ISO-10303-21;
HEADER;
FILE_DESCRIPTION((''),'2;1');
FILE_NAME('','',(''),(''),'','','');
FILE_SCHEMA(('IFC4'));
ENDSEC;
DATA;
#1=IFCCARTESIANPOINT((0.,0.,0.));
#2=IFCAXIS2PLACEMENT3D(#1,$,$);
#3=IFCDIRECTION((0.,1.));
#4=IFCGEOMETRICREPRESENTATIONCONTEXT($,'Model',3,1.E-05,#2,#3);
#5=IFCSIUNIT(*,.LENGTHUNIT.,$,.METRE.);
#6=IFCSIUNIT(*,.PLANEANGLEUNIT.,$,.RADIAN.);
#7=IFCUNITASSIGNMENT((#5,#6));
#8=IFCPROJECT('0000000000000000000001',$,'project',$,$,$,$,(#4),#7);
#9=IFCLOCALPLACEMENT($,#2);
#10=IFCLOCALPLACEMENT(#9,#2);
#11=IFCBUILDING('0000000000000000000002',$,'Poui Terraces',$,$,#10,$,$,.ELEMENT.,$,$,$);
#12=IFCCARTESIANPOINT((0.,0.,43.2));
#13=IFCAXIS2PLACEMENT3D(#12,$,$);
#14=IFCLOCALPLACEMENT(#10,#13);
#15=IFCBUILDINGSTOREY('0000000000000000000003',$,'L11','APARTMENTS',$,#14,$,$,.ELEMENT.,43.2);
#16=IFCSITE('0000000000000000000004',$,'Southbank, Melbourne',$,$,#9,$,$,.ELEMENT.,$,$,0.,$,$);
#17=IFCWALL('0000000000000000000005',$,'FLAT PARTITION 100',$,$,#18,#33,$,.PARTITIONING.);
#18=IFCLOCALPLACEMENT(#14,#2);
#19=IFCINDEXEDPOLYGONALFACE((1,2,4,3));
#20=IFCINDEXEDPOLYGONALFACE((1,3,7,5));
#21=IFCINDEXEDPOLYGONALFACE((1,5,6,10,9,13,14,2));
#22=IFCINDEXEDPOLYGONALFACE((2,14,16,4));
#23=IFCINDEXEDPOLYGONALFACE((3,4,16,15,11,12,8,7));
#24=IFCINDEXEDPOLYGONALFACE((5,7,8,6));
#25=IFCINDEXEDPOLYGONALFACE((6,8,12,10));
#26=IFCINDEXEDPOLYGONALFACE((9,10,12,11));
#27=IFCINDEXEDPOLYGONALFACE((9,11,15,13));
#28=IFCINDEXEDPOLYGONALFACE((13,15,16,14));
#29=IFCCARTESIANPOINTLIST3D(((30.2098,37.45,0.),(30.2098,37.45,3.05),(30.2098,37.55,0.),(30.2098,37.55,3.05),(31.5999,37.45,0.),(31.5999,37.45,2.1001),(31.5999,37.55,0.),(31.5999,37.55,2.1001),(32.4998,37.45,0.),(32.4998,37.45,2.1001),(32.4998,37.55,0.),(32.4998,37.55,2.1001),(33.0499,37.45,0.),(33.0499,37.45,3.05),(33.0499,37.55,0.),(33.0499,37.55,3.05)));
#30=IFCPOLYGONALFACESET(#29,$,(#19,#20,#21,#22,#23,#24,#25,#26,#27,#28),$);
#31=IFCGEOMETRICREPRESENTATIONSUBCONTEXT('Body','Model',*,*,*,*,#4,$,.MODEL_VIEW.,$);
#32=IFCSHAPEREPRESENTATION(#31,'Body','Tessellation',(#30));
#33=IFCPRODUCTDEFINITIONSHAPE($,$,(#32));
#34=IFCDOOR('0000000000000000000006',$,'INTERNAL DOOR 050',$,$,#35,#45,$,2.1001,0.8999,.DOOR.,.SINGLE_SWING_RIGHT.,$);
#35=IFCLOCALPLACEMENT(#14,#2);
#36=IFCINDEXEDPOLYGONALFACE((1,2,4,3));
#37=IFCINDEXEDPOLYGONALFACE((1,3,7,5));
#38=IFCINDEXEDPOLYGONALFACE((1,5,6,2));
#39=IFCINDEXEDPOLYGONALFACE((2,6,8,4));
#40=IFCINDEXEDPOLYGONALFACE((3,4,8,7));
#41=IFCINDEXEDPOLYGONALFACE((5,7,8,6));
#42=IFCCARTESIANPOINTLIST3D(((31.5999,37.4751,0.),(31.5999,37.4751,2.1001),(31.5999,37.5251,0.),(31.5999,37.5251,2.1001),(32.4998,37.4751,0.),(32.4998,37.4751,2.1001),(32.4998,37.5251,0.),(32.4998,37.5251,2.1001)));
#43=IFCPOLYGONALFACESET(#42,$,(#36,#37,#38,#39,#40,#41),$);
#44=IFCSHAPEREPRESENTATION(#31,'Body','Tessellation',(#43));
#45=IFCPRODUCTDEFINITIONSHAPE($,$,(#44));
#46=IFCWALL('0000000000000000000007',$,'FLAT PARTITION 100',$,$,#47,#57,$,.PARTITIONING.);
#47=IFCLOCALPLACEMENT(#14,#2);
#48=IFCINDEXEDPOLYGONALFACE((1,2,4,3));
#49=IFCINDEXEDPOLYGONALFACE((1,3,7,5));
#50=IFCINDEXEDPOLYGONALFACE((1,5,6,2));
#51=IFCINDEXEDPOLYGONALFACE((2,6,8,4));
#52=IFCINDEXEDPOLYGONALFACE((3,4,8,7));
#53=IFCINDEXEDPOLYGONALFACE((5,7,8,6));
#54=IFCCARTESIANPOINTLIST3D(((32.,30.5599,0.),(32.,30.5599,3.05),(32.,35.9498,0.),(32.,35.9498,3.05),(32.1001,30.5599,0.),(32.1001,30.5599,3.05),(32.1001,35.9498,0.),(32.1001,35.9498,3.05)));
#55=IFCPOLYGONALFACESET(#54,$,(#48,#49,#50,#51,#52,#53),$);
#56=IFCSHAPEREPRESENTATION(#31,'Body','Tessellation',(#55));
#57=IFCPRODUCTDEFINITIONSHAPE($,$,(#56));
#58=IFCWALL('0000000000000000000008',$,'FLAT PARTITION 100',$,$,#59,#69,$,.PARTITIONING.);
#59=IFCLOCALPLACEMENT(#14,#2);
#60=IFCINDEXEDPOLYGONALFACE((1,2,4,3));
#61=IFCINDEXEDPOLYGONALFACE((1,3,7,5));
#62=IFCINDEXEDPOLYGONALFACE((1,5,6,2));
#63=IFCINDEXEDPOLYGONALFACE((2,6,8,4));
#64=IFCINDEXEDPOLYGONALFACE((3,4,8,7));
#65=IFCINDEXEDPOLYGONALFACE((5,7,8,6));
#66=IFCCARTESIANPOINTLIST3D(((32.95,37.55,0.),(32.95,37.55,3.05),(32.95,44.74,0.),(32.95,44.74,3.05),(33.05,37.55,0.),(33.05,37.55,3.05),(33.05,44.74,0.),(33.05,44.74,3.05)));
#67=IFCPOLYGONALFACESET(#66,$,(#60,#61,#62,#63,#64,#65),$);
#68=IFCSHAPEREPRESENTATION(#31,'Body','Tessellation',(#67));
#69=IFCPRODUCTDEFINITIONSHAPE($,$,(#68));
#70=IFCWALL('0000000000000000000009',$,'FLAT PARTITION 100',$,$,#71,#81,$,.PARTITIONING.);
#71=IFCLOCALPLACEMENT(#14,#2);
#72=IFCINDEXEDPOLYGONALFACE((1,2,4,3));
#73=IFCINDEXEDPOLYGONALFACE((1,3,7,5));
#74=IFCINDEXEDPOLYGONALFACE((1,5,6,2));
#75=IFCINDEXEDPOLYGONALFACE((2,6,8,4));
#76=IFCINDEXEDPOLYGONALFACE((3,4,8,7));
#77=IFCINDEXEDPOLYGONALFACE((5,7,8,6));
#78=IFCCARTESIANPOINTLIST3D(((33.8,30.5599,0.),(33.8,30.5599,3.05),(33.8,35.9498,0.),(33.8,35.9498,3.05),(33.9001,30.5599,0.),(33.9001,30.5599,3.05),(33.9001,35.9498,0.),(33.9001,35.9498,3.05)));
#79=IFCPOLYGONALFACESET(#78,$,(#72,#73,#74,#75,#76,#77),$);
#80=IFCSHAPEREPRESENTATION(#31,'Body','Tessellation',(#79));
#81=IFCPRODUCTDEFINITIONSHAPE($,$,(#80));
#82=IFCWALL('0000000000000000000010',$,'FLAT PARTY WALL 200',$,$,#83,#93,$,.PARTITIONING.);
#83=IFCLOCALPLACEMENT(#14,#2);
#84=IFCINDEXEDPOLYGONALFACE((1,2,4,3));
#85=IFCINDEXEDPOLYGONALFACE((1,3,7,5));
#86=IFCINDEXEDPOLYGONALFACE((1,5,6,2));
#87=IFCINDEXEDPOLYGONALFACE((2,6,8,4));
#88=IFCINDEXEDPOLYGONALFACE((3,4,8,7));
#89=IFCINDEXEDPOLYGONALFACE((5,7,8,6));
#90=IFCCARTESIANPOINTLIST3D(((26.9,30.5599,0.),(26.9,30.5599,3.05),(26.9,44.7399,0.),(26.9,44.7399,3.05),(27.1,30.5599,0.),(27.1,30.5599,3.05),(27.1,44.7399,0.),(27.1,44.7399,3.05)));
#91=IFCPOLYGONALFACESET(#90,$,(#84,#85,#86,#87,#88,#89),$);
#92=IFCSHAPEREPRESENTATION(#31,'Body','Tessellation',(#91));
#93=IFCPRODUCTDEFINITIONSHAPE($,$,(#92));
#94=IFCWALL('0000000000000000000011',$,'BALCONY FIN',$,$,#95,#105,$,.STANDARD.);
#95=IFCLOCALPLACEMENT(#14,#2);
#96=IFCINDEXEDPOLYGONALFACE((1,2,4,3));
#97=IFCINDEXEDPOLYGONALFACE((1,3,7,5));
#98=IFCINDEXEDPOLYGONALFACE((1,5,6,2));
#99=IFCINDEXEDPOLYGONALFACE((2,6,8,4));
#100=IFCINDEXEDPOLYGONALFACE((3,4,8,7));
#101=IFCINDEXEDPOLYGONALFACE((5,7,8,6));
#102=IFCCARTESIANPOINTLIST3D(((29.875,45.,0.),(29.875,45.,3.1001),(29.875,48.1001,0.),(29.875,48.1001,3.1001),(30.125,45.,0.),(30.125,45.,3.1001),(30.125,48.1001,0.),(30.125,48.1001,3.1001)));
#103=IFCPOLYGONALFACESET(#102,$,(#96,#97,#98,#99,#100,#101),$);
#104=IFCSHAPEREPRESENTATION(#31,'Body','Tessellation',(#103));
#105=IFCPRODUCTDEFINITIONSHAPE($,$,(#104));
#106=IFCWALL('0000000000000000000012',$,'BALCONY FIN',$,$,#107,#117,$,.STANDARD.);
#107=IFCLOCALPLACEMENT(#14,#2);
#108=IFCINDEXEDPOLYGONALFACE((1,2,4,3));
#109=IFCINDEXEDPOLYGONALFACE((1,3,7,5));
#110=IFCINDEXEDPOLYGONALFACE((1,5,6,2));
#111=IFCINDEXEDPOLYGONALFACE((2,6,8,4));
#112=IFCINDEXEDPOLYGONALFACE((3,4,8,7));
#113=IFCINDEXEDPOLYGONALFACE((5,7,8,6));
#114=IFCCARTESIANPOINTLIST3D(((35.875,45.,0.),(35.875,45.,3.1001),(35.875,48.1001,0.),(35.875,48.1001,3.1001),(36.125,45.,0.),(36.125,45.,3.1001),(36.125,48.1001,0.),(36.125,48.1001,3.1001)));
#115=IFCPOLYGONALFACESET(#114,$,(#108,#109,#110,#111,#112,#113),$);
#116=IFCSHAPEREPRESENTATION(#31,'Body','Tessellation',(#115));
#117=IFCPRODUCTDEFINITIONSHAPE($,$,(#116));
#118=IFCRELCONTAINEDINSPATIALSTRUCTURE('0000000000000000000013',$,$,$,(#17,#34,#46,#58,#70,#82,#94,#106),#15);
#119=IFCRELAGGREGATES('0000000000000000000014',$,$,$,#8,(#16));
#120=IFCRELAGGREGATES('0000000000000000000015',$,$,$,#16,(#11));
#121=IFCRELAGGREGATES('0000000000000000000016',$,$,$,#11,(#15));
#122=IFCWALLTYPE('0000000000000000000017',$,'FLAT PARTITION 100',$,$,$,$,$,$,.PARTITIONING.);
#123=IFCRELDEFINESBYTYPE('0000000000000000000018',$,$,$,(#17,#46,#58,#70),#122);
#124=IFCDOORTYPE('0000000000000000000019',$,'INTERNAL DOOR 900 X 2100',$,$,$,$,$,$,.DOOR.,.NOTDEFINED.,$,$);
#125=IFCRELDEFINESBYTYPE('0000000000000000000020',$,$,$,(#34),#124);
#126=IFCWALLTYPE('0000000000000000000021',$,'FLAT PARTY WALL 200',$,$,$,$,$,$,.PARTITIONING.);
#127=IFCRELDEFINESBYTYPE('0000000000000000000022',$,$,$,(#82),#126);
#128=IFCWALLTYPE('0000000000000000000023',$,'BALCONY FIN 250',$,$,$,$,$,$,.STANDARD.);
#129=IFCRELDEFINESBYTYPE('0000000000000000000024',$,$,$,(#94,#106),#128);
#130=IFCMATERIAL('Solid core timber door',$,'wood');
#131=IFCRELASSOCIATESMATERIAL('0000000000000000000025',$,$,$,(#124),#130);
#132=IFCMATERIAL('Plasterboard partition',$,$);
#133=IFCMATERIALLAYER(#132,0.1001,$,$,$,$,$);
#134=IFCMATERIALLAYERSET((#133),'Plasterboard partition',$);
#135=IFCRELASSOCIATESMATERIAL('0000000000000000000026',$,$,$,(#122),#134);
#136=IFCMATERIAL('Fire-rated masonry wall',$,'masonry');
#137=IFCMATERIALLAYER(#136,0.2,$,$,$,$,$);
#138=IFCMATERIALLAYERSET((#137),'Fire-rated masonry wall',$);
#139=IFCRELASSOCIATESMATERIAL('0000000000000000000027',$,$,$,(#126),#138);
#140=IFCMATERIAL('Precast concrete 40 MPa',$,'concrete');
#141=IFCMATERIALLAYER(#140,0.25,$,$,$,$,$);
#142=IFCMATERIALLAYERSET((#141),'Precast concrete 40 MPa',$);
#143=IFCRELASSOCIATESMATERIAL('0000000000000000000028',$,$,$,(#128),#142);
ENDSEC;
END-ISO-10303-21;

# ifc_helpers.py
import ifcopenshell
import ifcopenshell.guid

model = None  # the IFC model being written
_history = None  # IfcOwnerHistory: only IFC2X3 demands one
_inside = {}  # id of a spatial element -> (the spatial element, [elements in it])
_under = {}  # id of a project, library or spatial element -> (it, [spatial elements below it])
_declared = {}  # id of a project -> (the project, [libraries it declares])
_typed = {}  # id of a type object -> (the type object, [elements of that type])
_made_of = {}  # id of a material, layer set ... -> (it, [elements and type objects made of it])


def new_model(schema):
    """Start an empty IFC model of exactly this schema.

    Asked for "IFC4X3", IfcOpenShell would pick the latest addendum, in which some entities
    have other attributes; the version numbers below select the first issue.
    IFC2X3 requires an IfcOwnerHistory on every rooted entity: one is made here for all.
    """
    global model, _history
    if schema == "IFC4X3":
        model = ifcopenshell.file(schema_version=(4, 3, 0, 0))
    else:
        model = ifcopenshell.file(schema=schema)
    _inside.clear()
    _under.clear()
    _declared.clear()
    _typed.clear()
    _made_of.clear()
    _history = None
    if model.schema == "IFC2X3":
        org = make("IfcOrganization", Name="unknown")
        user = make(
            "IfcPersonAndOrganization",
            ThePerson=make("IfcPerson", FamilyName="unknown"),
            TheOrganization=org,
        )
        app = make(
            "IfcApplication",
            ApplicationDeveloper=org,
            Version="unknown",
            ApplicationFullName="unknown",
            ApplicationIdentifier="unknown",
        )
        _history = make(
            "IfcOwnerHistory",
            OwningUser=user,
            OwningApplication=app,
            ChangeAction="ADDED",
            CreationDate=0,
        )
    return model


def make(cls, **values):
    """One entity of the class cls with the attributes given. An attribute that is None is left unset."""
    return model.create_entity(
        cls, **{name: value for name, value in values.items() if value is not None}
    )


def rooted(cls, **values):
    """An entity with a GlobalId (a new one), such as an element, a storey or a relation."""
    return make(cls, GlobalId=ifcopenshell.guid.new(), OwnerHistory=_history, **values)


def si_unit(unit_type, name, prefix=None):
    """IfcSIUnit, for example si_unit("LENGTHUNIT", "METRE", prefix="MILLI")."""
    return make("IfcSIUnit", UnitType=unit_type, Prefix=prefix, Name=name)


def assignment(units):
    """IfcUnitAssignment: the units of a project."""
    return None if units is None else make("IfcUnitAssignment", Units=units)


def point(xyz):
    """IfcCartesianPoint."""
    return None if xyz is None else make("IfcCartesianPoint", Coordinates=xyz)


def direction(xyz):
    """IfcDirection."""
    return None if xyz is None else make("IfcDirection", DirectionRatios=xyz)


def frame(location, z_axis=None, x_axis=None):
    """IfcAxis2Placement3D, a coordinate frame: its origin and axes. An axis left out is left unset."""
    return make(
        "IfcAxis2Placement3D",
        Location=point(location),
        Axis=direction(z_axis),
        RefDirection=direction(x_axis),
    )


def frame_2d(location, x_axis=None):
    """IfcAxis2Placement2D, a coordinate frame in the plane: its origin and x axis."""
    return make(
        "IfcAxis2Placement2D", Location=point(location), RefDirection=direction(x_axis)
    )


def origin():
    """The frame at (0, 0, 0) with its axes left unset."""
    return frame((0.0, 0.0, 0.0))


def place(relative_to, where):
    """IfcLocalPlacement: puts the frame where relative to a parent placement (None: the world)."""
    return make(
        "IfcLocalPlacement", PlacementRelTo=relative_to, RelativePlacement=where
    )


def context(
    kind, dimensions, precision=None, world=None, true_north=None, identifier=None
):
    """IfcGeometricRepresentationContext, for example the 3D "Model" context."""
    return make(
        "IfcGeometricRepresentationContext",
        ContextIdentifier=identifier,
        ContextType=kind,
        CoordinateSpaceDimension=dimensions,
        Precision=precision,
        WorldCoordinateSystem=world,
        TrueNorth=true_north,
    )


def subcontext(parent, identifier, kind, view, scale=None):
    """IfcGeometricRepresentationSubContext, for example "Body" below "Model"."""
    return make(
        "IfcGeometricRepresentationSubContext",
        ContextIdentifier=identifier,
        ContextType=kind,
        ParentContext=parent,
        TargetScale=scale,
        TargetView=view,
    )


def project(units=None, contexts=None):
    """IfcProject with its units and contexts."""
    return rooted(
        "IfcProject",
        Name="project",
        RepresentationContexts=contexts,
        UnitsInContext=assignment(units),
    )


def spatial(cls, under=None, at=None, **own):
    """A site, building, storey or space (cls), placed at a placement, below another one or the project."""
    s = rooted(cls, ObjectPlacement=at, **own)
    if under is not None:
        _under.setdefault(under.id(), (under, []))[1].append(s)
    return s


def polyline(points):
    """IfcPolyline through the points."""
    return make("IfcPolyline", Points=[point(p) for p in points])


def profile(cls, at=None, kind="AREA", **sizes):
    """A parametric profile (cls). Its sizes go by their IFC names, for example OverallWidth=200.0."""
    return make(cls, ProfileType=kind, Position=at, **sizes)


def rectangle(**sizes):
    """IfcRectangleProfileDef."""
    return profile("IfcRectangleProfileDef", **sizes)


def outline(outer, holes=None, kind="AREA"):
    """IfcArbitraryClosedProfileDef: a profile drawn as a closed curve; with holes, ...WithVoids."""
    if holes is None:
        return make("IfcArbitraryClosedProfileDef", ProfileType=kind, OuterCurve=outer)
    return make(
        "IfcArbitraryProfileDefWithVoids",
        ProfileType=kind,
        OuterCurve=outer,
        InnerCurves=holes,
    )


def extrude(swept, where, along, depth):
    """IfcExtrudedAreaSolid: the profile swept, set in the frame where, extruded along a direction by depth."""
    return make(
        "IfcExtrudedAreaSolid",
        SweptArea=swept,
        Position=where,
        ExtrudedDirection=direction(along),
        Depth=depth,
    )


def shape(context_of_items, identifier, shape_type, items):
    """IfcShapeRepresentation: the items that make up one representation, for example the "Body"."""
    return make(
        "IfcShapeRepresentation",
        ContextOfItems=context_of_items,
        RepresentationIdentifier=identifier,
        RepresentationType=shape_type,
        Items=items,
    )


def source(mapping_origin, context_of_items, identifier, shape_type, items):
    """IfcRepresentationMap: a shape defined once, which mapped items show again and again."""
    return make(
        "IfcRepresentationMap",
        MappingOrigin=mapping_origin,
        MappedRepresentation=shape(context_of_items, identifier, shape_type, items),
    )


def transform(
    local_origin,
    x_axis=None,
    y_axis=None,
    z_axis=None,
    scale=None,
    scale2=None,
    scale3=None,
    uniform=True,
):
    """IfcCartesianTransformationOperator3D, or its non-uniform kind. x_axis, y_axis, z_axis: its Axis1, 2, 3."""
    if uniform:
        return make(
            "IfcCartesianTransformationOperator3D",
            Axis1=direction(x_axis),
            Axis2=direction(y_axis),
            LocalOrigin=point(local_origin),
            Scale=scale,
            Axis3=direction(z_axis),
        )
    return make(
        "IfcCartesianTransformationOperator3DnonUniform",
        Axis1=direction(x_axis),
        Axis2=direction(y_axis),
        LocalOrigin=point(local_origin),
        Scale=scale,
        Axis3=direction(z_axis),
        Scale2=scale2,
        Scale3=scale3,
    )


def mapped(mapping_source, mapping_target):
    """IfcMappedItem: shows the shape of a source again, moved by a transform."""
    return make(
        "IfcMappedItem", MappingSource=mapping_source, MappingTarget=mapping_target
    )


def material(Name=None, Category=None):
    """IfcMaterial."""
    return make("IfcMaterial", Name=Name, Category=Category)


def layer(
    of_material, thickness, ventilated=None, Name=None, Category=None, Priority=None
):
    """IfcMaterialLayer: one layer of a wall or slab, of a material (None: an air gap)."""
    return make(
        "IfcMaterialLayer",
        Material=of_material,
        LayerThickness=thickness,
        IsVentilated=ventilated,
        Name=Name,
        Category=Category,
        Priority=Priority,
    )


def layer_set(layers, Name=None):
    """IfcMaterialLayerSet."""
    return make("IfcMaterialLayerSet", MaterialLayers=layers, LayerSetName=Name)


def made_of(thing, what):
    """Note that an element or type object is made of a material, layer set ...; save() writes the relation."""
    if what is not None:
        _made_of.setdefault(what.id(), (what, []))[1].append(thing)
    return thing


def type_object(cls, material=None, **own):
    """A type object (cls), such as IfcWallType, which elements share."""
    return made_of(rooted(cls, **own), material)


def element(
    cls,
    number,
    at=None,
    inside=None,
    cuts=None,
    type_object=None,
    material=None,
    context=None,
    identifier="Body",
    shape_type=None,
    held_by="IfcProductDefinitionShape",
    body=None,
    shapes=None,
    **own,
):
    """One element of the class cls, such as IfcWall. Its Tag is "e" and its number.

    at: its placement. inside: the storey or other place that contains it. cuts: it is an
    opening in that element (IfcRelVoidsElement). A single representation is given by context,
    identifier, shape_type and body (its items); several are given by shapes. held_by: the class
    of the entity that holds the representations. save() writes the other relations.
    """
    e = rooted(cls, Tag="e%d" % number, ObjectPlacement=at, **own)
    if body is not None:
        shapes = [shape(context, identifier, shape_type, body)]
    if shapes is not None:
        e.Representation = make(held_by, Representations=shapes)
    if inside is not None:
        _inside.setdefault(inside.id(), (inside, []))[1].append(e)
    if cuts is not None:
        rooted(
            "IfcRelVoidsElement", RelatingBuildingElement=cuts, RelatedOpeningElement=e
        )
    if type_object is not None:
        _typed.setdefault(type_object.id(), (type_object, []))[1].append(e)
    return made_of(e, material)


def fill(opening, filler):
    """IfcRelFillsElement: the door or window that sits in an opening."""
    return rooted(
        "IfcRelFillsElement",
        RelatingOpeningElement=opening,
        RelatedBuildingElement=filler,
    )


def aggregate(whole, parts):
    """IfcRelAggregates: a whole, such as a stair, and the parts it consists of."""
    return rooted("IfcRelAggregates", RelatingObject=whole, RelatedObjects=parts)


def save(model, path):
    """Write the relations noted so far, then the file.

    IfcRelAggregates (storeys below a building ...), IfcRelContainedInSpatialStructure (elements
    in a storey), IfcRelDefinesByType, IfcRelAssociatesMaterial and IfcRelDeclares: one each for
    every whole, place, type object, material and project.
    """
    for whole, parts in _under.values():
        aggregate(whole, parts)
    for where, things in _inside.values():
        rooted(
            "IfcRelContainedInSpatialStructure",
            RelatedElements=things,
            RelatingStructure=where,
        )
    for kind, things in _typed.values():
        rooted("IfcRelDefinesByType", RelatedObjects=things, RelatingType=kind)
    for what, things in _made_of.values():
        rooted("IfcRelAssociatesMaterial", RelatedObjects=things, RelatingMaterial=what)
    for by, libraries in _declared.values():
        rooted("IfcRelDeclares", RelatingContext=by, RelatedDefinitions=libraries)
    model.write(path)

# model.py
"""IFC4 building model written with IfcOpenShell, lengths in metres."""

from ifc_helpers import new_model, si_unit, direction, frame, frame_2d, origin, place, context, subcontext, project, spatial, polyline, rectangle, outline, extrude, source, transform, mapped, material, layer, layer_set, type_object, element, fill, save


model = new_model("IFC4")

# Units and contexts
model_context = context("Model", 3, precision=1e-05, world=origin(), true_north=direction((0.0, 1.0)))
body_context = subcontext(model_context, "Body", "Model", "MODEL_VIEW")
ifc_project = project(units=[si_unit("LENGTHUNIT", "METRE"), si_unit("PLANEANGLEUNIT", "RADIAN")], contexts=[model_context])

# Site, building, storey
site_placement = place(None, origin())
site = spatial("IfcSite", under=ifc_project, at=site_placement, Name="Southbank, Melbourne", CompositionType="ELEMENT", RefElevation=0.0)
building_placement = place(site_placement, origin())
building = spatial("IfcBuilding", under=site, at=building_placement, Name="Poui Terraces", CompositionType="ELEMENT")
storey_placement = place(building_placement, frame((0.0, 0.0, 43.2)))
storey = spatial("IfcBuildingStorey", under=building, at=storey_placement, Name="L11", Description="APARTMENTS", CompositionType="ELEMENT", Elevation=43.2)

# Wall, opening, door
ifc_material_1 = material(Name="Solid core timber door", Category="wood")
door_type_1 = type_object("IfcDoorType", Name="INTERNAL DOOR 900 X 2100", OperationType="NOTDEFINED", PredefinedType="DOOR", material=ifc_material_1)
ifc_material_2 = material(Name="Plasterboard partition")
ifc_layer_1 = layer(ifc_material_2, 0.1001)
ifc_layer_set_1 = layer_set([ifc_layer_1], Name="Plasterboard partition")
wall_type_1 = type_object("IfcWallType", Name="FLAT PARTITION 100", PredefinedType="PARTITIONING", material=ifc_layer_set_1)
wall_1_placement = place(storey_placement, frame((30.21, 37.5, 0.0), z_axis=(0.0, 0.0, 1.0), x_axis=(1.0, 0.0, 0.0)))
wall_1 = element("IfcWall", 1, at=wall_1_placement, inside=storey, type_object=wall_type_1, Name="FLAT PARTITION 100", PredefinedType="PARTITIONING", context=body_context, shape_type="SweptSolid", body=[
    extrude(rectangle(XDim=2.8401, YDim=0.1001, at=frame_2d((1.4199, 0.0))), origin(), (0.0, 0.0, 1.0), 3.05),
])
opening_1_placement = place(wall_1_placement, frame((1.3899, 0.0, 0.0)))
opening_1 = element("IfcOpeningElement", 2, at=opening_1_placement, cuts=wall_1, PredefinedType="OPENING", context=body_context, shape_type="SweptSolid", body=[
    extrude(rectangle(XDim=0.8999, YDim=2.1001, at=frame_2d((0.45, 1.05))), frame((0.0, 0.0601, 0.0), z_axis=(0.0, -1.0, 0.0), x_axis=(1.0, 0.0, 0.0)), (0.0, 0.0, 1.0), 0.1201),
])
door_1_placement = place(opening_1_placement, frame((0.8999, 0.0, 0.0), z_axis=(0.0, 0.0, 1.0), x_axis=(-1.0, 0.0, 0.0)))
door_1 = element("IfcDoor", 3, at=door_1_placement, inside=storey, type_object=door_type_1, Name="INTERNAL DOOR 050", OperationType="SINGLE_SWING_RIGHT", OverallHeight=2.1001, OverallWidth=0.8999, PredefinedType="DOOR", context=body_context, shape_type="SweptSolid", body=[
    extrude(rectangle(XDim=0.8999, YDim=2.1001, at=frame_2d((0.45, 1.05))), frame((0.0, 0.0249, 0.0), z_axis=(0.0, -1.0, 0.0), x_axis=(1.0, 0.0, 0.0)), (0.0, 0.0, 1.0), 0.05),
])
fill(opening_1, door_1)

# Walls
wall_2_placement = place(storey_placement, frame((32.05, 30.5601, 0.0), z_axis=(0.0, 0.0, 1.0), x_axis=(0.0, 1.0, 0.0)))
element("IfcWall", 4, at=wall_2_placement, inside=storey, type_object=wall_type_1, Name="FLAT PARTITION 100", PredefinedType="PARTITIONING", context=body_context, shape_type="SweptSolid", body=[
    extrude(rectangle(XDim=5.3899, YDim=0.1001, at=frame_2d((2.6948, 0.0))), origin(), (0.0, 0.0, 1.0), 3.05),
])
wall_3_placement = place(storey_placement, frame((33.0, 37.55, 0.0), z_axis=(0.0, 0.0, 1.0), x_axis=(0.0, 1.0, 0.0)))
element("IfcWall", 5, at=wall_3_placement, inside=storey, type_object=wall_type_1, Name="FLAT PARTITION 100", PredefinedType="PARTITIONING", context=body_context, shape_type="SweptSolid", body=[
    extrude(rectangle(XDim=7.1899, YDim=0.1001, at=frame_2d((3.595, 0.0))), origin(), (0.0, 0.0, 1.0), 3.05),
])
wall_4_placement = place(storey_placement, frame((33.8501, 30.5601, 0.0), z_axis=(0.0, 0.0, 1.0), x_axis=(0.0, 1.0, 0.0)))
element("IfcWall", 6, at=wall_4_placement, inside=storey, type_object=wall_type_1, Name="FLAT PARTITION 100", PredefinedType="PARTITIONING", context=body_context, shape_type="SweptSolid", body=[
    extrude(rectangle(XDim=5.3899, YDim=0.1001, at=frame_2d((2.6948, 0.0))), origin(), (0.0, 0.0, 1.0), 3.05),
])
ifc_material_3 = material(Name="Fire-rated masonry wall", Category="masonry")
ifc_layer_2 = layer(ifc_material_3, 0.2)
ifc_layer_set_2 = layer_set([ifc_layer_2], Name="Fire-rated masonry wall")
wall_type_2 = type_object("IfcWallType", Name="FLAT PARTY WALL 200", PredefinedType="PARTITIONING", material=ifc_layer_set_2)
wall_5_placement = place(storey_placement, frame((27.0, 30.5601, 0.0), z_axis=(0.0, 0.0, 1.0), x_axis=(0.0, 1.0, 0.0)))
element("IfcWall", 7, at=wall_5_placement, inside=storey, type_object=wall_type_2, Name="FLAT PARTY WALL 200", PredefinedType="PARTITIONING", context=body_context, shape_type="SweptSolid", body=[
    extrude(rectangle(XDim=14.1799, YDim=0.2, at=frame_2d((7.0898, 0.0))), origin(), (0.0, 0.0, 1.0), 3.05),
])
ifc_material_4 = material(Name="Precast concrete 40 MPa", Category="concrete")
ifc_layer_3 = layer(ifc_material_4, 0.25)
ifc_layer_set_3 = layer_set([ifc_layer_3], Name="Precast concrete 40 MPa")
wall_type_3 = type_object("IfcWallType", Name="BALCONY FIN 250", PredefinedType="STANDARD", material=ifc_layer_set_3)
shared_shape_1 = source(origin(), body_context, "Body", "SweptSolid", [
    extrude(outline(polyline([(0.0, 0.0), (0.25, 0.0), (0.25, 3.1001), (0.0, 3.1001), (0.0, 0.0)])), origin(), (0.0, 0.0, 1.0), 3.1001),
])
for number, where, name in (
    (8, (29.875, 45.0, 0.0), "BALCONY FIN"),
    (9, (35.875, 45.0, 0.0), "BALCONY FIN"),
):
    element("IfcWall", number, at=place(storey_placement, frame(where)), inside=storey, type_object=wall_type_3, Name=name, PredefinedType="STANDARD", context=body_context, shape_type="MappedRepresentation", body=[
        mapped(shared_shape_1, transform((0.0, 0.0, 0.0))),
    ])

save(model, "model.ifc")
